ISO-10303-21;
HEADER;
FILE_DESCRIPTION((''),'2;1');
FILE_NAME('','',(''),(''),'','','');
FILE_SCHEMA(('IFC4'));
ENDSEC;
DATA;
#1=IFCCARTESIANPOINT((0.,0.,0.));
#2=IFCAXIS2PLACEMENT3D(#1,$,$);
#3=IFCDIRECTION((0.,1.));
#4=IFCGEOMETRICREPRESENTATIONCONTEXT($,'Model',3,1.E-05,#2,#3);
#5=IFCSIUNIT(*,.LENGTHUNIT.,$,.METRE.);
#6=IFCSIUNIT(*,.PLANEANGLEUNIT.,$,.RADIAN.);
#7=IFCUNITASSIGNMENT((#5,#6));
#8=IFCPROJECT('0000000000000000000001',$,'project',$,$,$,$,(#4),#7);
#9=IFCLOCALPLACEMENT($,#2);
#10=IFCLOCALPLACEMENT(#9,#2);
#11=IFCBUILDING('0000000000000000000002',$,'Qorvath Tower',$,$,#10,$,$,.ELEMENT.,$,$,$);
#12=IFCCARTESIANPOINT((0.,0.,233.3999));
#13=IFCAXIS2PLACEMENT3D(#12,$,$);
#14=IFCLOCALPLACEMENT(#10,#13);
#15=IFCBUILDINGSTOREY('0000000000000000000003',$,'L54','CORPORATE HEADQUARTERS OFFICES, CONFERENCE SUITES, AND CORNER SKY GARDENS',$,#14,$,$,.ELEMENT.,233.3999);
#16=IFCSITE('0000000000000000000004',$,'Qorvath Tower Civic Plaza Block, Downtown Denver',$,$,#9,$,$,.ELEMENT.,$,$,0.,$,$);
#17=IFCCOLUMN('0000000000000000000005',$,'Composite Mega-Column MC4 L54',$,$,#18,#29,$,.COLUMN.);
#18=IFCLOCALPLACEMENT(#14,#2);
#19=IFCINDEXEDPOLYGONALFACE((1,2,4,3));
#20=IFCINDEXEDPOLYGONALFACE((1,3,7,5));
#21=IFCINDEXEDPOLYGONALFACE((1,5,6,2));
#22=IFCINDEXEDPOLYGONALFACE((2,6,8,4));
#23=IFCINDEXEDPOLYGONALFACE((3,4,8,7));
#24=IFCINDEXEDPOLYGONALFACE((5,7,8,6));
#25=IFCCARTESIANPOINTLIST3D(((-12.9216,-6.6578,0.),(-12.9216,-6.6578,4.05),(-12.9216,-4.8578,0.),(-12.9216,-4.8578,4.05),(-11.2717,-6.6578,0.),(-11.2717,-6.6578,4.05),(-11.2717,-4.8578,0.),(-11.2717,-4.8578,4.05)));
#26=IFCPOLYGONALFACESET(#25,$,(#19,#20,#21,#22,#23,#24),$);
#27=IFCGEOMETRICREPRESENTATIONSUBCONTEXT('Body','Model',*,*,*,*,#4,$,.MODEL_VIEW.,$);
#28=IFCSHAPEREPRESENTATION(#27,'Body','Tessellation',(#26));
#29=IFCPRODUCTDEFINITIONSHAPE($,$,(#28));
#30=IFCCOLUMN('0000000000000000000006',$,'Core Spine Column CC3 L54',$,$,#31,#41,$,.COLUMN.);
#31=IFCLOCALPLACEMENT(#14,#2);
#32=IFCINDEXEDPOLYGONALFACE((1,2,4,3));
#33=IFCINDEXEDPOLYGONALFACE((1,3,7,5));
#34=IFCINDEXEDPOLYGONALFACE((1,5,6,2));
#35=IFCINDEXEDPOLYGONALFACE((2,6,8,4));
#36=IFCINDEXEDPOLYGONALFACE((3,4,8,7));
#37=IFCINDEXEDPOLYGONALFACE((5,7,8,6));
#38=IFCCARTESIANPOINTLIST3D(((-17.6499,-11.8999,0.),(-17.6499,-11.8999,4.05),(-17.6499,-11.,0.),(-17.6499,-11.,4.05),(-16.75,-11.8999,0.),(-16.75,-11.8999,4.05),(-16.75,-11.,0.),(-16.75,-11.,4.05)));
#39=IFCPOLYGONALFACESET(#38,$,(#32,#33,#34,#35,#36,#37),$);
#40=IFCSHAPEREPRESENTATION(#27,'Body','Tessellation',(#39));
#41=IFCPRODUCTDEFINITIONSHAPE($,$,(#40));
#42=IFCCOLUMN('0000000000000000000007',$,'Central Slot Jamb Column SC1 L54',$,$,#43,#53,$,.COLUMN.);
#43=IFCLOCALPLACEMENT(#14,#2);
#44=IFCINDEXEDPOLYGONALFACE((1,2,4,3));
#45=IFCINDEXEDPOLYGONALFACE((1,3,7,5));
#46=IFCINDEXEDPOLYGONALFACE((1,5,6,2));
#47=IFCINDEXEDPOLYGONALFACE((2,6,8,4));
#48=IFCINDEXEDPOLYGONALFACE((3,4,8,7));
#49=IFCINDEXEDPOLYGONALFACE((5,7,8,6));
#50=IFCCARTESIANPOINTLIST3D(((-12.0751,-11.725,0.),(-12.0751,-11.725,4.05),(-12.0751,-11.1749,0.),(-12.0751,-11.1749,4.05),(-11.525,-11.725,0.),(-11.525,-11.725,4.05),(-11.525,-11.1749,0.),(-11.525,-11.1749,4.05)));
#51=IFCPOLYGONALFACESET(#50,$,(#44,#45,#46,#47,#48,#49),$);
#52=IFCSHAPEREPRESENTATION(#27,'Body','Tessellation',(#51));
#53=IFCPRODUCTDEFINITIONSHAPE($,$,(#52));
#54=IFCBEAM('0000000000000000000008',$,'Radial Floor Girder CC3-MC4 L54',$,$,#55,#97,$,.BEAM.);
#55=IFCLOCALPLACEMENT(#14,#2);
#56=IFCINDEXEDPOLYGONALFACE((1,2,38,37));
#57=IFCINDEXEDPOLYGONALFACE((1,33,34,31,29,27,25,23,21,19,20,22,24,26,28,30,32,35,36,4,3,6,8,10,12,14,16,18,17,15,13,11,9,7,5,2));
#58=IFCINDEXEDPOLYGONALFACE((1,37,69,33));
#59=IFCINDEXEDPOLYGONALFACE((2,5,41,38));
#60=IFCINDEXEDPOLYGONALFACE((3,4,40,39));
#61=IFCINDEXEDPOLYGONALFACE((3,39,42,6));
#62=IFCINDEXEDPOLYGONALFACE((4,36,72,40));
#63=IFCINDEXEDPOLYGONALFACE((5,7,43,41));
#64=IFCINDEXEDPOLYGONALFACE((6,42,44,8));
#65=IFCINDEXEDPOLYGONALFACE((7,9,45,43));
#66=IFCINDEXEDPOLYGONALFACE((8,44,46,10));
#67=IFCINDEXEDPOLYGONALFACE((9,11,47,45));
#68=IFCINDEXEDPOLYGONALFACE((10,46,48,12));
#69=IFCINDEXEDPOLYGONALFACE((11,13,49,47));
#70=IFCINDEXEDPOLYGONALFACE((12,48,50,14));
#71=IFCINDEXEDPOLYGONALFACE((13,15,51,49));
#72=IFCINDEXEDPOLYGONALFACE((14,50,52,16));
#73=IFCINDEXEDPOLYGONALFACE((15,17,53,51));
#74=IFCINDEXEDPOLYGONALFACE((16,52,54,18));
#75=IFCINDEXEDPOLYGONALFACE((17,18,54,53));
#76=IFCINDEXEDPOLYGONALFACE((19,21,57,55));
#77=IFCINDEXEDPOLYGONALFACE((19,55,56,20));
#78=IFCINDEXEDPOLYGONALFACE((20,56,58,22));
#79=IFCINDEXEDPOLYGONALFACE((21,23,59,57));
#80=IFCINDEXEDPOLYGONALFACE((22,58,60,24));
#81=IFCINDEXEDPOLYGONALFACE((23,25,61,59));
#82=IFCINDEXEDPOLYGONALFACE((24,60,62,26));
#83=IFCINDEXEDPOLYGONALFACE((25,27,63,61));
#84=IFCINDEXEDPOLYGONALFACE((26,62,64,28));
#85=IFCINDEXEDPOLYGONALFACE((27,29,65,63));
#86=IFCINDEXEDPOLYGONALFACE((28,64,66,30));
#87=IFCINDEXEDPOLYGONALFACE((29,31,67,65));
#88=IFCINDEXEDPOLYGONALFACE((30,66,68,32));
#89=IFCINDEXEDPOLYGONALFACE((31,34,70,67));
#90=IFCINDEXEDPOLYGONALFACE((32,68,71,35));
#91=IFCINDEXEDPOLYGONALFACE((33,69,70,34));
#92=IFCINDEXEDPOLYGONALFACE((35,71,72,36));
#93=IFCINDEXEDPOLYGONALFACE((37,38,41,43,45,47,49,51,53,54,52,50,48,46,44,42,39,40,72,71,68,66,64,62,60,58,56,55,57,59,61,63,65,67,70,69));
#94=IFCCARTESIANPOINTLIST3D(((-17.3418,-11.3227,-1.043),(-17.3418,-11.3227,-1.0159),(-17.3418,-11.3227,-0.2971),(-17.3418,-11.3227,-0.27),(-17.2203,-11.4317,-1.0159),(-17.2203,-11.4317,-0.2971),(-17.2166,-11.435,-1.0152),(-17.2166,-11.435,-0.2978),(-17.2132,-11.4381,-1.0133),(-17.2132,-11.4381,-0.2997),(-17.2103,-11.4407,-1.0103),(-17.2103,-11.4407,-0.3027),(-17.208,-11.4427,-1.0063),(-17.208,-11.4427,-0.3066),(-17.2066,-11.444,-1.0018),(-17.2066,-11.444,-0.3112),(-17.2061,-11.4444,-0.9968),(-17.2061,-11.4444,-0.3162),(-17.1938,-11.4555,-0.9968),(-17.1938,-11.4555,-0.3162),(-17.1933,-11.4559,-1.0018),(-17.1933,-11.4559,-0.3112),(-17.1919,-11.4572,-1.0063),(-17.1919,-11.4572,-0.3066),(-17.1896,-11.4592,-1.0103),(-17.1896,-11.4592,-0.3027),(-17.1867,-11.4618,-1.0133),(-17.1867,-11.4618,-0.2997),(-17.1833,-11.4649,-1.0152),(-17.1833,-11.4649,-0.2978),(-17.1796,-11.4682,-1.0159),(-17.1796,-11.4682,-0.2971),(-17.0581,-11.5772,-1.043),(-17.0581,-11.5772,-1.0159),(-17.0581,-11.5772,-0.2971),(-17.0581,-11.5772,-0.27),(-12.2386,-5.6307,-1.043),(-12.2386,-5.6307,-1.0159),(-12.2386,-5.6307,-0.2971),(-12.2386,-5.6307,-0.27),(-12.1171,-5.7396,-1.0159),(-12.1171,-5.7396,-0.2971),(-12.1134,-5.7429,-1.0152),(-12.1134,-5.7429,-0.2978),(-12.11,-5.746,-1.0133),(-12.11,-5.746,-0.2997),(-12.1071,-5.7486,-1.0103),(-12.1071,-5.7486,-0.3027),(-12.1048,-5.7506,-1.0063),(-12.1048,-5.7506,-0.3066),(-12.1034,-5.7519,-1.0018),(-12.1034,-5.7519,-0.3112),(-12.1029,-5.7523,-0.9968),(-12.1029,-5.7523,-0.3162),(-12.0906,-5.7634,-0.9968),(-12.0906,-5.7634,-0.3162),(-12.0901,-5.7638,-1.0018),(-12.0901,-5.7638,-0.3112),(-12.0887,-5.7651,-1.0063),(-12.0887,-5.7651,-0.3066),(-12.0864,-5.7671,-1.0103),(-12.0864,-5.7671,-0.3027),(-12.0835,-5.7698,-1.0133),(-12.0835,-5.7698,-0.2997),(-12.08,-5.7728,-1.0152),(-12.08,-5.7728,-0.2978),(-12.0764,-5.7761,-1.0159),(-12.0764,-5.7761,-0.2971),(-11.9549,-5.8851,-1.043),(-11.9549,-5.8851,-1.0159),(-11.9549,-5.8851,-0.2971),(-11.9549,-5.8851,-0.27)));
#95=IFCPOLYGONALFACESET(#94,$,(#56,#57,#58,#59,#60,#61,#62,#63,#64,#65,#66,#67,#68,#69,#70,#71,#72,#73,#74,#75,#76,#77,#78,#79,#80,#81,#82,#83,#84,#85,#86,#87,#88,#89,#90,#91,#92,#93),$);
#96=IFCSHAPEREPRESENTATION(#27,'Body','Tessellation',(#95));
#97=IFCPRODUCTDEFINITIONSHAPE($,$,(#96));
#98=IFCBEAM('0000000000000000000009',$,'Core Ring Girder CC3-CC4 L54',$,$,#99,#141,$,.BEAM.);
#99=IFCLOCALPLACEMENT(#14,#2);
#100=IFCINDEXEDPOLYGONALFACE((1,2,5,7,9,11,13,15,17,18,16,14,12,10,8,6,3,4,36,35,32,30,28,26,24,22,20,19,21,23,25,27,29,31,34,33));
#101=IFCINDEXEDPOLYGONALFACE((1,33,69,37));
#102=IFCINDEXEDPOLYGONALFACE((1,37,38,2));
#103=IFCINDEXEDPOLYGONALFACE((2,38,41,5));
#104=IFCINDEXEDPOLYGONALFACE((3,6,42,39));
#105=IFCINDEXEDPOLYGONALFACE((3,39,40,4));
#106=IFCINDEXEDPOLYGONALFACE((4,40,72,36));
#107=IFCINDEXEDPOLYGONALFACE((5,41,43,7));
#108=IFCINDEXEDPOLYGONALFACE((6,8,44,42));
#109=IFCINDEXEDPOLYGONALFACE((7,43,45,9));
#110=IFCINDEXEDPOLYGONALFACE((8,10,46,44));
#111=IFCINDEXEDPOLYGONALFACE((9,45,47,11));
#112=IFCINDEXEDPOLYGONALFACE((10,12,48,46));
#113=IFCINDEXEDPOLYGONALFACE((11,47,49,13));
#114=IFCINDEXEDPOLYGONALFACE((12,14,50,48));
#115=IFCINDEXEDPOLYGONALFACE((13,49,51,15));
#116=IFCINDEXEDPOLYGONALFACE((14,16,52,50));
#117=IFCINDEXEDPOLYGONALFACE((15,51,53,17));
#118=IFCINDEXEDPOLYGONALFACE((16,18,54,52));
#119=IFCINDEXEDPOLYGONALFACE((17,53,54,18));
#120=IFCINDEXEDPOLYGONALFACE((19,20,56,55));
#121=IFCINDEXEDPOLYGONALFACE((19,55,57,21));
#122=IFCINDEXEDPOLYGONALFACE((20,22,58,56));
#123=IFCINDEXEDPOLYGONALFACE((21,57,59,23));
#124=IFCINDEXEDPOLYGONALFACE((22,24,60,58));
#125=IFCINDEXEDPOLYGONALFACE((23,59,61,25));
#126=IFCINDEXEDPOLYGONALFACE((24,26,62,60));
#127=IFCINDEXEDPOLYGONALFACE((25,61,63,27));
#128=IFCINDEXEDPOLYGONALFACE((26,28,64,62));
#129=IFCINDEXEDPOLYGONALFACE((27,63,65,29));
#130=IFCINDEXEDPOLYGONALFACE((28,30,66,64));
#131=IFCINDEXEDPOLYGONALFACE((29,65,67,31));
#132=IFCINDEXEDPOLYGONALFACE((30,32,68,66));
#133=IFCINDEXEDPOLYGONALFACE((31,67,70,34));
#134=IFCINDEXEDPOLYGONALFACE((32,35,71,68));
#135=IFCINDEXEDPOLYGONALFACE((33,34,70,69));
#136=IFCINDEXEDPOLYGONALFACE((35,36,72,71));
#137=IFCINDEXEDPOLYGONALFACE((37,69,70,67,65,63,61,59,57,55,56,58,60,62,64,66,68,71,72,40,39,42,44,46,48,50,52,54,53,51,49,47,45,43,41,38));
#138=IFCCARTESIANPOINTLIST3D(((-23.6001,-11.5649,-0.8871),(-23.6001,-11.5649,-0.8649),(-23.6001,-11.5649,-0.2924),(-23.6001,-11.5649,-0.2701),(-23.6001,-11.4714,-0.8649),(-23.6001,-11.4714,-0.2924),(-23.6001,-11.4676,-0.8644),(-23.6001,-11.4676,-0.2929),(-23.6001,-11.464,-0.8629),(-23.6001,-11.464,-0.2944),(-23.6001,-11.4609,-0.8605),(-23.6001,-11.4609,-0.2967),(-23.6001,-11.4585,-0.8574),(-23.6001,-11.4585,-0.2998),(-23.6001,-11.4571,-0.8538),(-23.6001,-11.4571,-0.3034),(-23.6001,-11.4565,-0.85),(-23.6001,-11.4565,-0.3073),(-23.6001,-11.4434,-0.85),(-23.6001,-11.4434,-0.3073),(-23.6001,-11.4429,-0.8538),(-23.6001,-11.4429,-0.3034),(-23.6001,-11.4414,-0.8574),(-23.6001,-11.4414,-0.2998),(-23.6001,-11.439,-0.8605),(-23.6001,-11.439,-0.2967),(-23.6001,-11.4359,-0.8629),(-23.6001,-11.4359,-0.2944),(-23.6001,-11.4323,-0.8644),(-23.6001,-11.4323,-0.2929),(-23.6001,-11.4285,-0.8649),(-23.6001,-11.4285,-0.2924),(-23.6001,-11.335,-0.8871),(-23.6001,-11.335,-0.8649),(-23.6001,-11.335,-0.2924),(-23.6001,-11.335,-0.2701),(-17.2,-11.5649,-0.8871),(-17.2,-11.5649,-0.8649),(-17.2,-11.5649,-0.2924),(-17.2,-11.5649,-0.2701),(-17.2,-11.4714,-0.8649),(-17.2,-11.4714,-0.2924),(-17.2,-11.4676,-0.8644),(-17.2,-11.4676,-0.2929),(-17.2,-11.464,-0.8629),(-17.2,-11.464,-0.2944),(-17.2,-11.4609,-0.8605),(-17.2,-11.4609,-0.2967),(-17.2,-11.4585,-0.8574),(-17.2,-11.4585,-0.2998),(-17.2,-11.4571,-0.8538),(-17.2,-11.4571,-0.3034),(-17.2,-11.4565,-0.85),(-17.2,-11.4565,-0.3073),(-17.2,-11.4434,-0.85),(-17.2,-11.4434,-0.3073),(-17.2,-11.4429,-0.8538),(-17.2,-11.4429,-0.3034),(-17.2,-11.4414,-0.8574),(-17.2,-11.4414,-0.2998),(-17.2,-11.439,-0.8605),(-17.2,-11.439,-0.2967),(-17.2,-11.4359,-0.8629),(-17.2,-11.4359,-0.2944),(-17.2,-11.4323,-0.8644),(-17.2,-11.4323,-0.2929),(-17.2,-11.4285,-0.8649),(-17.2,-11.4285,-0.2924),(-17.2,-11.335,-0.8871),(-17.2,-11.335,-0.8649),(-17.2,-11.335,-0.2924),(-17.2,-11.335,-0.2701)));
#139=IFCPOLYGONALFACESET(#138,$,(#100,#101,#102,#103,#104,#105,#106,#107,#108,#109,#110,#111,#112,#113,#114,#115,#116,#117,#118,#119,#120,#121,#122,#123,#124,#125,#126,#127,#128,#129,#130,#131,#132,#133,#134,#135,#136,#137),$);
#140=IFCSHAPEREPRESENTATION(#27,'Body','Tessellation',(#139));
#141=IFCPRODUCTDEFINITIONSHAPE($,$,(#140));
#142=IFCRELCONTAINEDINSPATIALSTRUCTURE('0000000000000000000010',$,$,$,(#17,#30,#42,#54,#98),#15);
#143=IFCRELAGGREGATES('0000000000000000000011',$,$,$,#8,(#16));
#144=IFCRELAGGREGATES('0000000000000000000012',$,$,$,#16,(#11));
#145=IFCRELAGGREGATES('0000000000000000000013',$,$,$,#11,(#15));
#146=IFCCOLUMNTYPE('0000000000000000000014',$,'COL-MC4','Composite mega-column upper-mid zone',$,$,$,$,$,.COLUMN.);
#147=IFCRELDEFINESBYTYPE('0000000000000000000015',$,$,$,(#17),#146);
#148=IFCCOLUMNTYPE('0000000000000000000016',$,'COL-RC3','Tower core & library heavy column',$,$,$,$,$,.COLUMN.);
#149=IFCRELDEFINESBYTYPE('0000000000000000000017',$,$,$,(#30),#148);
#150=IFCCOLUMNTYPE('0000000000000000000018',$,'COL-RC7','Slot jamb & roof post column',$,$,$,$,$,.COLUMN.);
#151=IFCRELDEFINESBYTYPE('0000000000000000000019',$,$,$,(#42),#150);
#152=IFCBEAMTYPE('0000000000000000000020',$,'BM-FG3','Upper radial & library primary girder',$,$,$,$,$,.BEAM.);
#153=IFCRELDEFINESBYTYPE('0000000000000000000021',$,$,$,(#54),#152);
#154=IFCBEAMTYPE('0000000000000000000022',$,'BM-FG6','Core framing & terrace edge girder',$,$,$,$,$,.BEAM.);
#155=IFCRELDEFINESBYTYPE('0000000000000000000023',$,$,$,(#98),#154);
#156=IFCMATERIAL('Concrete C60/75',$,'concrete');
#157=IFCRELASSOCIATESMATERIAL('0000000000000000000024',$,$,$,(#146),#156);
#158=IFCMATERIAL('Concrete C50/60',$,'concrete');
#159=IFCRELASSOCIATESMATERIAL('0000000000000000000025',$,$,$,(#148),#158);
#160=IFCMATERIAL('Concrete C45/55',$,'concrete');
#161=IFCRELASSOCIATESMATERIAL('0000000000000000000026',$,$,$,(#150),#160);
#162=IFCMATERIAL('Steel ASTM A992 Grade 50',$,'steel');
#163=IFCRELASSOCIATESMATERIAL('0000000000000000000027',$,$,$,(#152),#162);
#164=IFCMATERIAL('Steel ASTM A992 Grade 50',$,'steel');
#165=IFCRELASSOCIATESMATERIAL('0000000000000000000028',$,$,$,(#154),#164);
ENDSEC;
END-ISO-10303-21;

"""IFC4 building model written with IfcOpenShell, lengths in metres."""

from ifc_helpers import new_model, si_unit, direction, frame, origin, origin_2d, place, context, subcontext, project, spatial, rectangle, i_section, extrude, material, material_profile, profile_set, type_object, element, save


model = new_model("IFC4")

# Units and contexts
model_context = context("Model", 3, precision=1e-05, world=origin(), true_north=direction((0.0, 1.0)))
body_context = subcontext(model_context, "Body", "Model", "MODEL_VIEW")
ifc_project = project(units=[si_unit("LENGTHUNIT", "METRE"), si_unit("PLANEANGLEUNIT", "RADIAN")], contexts=[model_context])

# Site, building, storey
site_placement = place(None, origin())
site = spatial("IfcSite", under=ifc_project, at=site_placement, Name="Qorvath Tower Civic Plaza Block, Downtown Denver", CompositionType="ELEMENT", RefElevation=0.0)
building_placement = place(site_placement, origin())
building = spatial("IfcBuilding", under=site, at=building_placement, Name="Qorvath Tower", CompositionType="ELEMENT")
storey_placement = place(building_placement, frame((0.0, 0.0, 233.3999)))
storey = spatial("IfcBuildingStorey", under=building, at=storey_placement, Name="L54", Description="CORPORATE HEADQUARTERS OFFICES, CONFERENCE SUITES, AND CORNER SKY GARDENS", CompositionType="ELEMENT", Elevation=233.3999)

# Columns
ifc_material_1 = material(Name="Concrete C60/75", Category="concrete")
ifc_material_profile_1 = material_profile(ifc_material_1, rectangle(XDim=1.6499, YDim=1.8, at=origin_2d()), Name="MC 1800x1650")
ifc_profile_set_1 = profile_set([ifc_material_profile_1], Name="Concrete C60/75")
column_type_1 = type_object("IfcColumnType", Name="COL-MC4", Description="Composite mega-column upper-mid zone", PredefinedType="COLUMN", material=ifc_profile_set_1)
column_1_placement = place(storey_placement, frame((-12.0967, -5.7578, 0.0), z_axis=(0.0, 0.0, 1.0), x_axis=(1.0, 0.0, 0.0)))
element("IfcColumn", 1, at=column_1_placement, inside=storey, type_object=column_type_1, Name="Composite Mega-Column MC4 L54", PredefinedType="COLUMN", context=body_context, shape_type="SweptSolid", body=[
    extrude(rectangle(XDim=1.6499, YDim=1.8, at=origin_2d()), origin(), (0.0, 0.0, 1.0), 4.05),
])
ifc_material_2 = material(Name="Concrete C50/60", Category="concrete")
ifc_material_profile_2 = material_profile(ifc_material_2, rectangle(XDim=0.8999, YDim=0.8999, at=origin_2d()), Name="RC 900x900")
ifc_profile_set_2 = profile_set([ifc_material_profile_2], Name="Concrete C50/60")
column_type_2 = type_object("IfcColumnType", Name="COL-RC3", Description="Tower core & library heavy column", PredefinedType="COLUMN", material=ifc_profile_set_2)
column_2_placement = place(storey_placement, frame((-17.2, -11.45, 0.0), z_axis=(0.0, 0.0, 1.0), x_axis=(1.0, 0.0, 0.0)))
element("IfcColumn", 2, at=column_2_placement, inside=storey, type_object=column_type_2, Name="Core Spine Column CC3 L54", PredefinedType="COLUMN", context=body_context, shape_type="SweptSolid", body=[
    extrude(rectangle(XDim=0.8999, YDim=0.8999, at=origin_2d()), origin(), (0.0, 0.0, 1.0), 4.05),
])
ifc_material_3 = material(Name="Concrete C45/55", Category="concrete")
ifc_material_profile_3 = material_profile(ifc_material_3, rectangle(XDim=0.55, YDim=0.55, at=origin_2d()), Name="RC 550x550")
ifc_profile_set_3 = profile_set([ifc_material_profile_3], Name="Concrete C45/55")
column_type_3 = type_object("IfcColumnType", Name="COL-RC7", Description="Slot jamb & roof post column", PredefinedType="COLUMN", material=ifc_profile_set_3)
column_3_placement = place(storey_placement, frame((-11.8, -11.45, 0.0), z_axis=(0.0, 0.0, 1.0), x_axis=(1.0, 0.0, 0.0)))
element("IfcColumn", 3, at=column_3_placement, inside=storey, type_object=column_type_3, Name="Central Slot Jamb Column SC1 L54", PredefinedType="COLUMN", context=body_context, shape_type="SweptSolid", body=[
    extrude(rectangle(XDim=0.55, YDim=0.55, at=origin_2d()), origin(), (0.0, 0.0, 1.0), 4.05),
])

# Beams
ifc_material_4 = material(Name="Steel ASTM A992 Grade 50", Category="steel")
ifc_material_profile_4 = material_profile(ifc_material_4, i_section(OverallWidth=0.3811, OverallDepth=0.7729, WebThickness=0.0166, FlangeThickness=0.0271, FilletRadius=0.019, at=origin_2d()), Name="W30x173")
ifc_profile_set_4 = profile_set([ifc_material_profile_4], Name="Steel ASTM A992 Grade 50")
beam_type_1 = type_object("IfcBeamType", Name="BM-FG3", Description="Upper radial & library primary girder", PredefinedType="BEAM", material=ifc_profile_set_4)
beam_1_placement = place(storey_placement, frame((-17.2, -11.45, -0.6565), z_axis=(0.667543, 0.744571, 0.0), x_axis=(-0.744571, 0.667543, 0.0)))
element("IfcBeam", 4, at=beam_1_placement, inside=storey, type_object=beam_type_1, Name="Radial Floor Girder CC3-MC4 L54", PredefinedType="BEAM", context=body_context, shape_type="SweptSolid", body=[
    extrude(i_section(OverallWidth=0.3811, OverallDepth=0.7729, WebThickness=0.0166, FlangeThickness=0.0271, FilletRadius=0.019, at=origin_2d()), origin(), (0.0, 0.0, 1.0), 7.6448),
])
ifc_material_5 = material(Name="Steel ASTM A992 Grade 50", Category="steel")
ifc_material_profile_5 = material_profile(ifc_material_5, i_section(OverallWidth=0.23, OverallDepth=0.6169, WebThickness=0.0132, FlangeThickness=0.0222, FilletRadius=0.0149, at=origin_2d()), Name="W24x94")
ifc_profile_set_5 = profile_set([ifc_material_profile_5], Name="Steel ASTM A992 Grade 50")
beam_type_2 = type_object("IfcBeamType", Name="BM-FG6", Description="Core framing & terrace edge girder", PredefinedType="BEAM", material=ifc_profile_set_5)
beam_2_placement = place(storey_placement, frame((-17.2, -11.45, -0.5786), z_axis=(-1.0, 0.0, 0.0), x_axis=(0.0, -1.0, 0.0)))
element("IfcBeam", 5, at=beam_2_placement, inside=storey, type_object=beam_type_2, Name="Core Ring Girder CC3-CC4 L54", PredefinedType="BEAM", context=body_context, shape_type="SweptSolid", body=[
    extrude(i_section(OverallWidth=0.23, OverallDepth=0.6169, WebThickness=0.0132, FlangeThickness=0.0222, FilletRadius=0.0149, at=origin_2d()), origin(), (0.0, 0.0, 1.0), 6.4001),
])

save(model, "model.ifc")
